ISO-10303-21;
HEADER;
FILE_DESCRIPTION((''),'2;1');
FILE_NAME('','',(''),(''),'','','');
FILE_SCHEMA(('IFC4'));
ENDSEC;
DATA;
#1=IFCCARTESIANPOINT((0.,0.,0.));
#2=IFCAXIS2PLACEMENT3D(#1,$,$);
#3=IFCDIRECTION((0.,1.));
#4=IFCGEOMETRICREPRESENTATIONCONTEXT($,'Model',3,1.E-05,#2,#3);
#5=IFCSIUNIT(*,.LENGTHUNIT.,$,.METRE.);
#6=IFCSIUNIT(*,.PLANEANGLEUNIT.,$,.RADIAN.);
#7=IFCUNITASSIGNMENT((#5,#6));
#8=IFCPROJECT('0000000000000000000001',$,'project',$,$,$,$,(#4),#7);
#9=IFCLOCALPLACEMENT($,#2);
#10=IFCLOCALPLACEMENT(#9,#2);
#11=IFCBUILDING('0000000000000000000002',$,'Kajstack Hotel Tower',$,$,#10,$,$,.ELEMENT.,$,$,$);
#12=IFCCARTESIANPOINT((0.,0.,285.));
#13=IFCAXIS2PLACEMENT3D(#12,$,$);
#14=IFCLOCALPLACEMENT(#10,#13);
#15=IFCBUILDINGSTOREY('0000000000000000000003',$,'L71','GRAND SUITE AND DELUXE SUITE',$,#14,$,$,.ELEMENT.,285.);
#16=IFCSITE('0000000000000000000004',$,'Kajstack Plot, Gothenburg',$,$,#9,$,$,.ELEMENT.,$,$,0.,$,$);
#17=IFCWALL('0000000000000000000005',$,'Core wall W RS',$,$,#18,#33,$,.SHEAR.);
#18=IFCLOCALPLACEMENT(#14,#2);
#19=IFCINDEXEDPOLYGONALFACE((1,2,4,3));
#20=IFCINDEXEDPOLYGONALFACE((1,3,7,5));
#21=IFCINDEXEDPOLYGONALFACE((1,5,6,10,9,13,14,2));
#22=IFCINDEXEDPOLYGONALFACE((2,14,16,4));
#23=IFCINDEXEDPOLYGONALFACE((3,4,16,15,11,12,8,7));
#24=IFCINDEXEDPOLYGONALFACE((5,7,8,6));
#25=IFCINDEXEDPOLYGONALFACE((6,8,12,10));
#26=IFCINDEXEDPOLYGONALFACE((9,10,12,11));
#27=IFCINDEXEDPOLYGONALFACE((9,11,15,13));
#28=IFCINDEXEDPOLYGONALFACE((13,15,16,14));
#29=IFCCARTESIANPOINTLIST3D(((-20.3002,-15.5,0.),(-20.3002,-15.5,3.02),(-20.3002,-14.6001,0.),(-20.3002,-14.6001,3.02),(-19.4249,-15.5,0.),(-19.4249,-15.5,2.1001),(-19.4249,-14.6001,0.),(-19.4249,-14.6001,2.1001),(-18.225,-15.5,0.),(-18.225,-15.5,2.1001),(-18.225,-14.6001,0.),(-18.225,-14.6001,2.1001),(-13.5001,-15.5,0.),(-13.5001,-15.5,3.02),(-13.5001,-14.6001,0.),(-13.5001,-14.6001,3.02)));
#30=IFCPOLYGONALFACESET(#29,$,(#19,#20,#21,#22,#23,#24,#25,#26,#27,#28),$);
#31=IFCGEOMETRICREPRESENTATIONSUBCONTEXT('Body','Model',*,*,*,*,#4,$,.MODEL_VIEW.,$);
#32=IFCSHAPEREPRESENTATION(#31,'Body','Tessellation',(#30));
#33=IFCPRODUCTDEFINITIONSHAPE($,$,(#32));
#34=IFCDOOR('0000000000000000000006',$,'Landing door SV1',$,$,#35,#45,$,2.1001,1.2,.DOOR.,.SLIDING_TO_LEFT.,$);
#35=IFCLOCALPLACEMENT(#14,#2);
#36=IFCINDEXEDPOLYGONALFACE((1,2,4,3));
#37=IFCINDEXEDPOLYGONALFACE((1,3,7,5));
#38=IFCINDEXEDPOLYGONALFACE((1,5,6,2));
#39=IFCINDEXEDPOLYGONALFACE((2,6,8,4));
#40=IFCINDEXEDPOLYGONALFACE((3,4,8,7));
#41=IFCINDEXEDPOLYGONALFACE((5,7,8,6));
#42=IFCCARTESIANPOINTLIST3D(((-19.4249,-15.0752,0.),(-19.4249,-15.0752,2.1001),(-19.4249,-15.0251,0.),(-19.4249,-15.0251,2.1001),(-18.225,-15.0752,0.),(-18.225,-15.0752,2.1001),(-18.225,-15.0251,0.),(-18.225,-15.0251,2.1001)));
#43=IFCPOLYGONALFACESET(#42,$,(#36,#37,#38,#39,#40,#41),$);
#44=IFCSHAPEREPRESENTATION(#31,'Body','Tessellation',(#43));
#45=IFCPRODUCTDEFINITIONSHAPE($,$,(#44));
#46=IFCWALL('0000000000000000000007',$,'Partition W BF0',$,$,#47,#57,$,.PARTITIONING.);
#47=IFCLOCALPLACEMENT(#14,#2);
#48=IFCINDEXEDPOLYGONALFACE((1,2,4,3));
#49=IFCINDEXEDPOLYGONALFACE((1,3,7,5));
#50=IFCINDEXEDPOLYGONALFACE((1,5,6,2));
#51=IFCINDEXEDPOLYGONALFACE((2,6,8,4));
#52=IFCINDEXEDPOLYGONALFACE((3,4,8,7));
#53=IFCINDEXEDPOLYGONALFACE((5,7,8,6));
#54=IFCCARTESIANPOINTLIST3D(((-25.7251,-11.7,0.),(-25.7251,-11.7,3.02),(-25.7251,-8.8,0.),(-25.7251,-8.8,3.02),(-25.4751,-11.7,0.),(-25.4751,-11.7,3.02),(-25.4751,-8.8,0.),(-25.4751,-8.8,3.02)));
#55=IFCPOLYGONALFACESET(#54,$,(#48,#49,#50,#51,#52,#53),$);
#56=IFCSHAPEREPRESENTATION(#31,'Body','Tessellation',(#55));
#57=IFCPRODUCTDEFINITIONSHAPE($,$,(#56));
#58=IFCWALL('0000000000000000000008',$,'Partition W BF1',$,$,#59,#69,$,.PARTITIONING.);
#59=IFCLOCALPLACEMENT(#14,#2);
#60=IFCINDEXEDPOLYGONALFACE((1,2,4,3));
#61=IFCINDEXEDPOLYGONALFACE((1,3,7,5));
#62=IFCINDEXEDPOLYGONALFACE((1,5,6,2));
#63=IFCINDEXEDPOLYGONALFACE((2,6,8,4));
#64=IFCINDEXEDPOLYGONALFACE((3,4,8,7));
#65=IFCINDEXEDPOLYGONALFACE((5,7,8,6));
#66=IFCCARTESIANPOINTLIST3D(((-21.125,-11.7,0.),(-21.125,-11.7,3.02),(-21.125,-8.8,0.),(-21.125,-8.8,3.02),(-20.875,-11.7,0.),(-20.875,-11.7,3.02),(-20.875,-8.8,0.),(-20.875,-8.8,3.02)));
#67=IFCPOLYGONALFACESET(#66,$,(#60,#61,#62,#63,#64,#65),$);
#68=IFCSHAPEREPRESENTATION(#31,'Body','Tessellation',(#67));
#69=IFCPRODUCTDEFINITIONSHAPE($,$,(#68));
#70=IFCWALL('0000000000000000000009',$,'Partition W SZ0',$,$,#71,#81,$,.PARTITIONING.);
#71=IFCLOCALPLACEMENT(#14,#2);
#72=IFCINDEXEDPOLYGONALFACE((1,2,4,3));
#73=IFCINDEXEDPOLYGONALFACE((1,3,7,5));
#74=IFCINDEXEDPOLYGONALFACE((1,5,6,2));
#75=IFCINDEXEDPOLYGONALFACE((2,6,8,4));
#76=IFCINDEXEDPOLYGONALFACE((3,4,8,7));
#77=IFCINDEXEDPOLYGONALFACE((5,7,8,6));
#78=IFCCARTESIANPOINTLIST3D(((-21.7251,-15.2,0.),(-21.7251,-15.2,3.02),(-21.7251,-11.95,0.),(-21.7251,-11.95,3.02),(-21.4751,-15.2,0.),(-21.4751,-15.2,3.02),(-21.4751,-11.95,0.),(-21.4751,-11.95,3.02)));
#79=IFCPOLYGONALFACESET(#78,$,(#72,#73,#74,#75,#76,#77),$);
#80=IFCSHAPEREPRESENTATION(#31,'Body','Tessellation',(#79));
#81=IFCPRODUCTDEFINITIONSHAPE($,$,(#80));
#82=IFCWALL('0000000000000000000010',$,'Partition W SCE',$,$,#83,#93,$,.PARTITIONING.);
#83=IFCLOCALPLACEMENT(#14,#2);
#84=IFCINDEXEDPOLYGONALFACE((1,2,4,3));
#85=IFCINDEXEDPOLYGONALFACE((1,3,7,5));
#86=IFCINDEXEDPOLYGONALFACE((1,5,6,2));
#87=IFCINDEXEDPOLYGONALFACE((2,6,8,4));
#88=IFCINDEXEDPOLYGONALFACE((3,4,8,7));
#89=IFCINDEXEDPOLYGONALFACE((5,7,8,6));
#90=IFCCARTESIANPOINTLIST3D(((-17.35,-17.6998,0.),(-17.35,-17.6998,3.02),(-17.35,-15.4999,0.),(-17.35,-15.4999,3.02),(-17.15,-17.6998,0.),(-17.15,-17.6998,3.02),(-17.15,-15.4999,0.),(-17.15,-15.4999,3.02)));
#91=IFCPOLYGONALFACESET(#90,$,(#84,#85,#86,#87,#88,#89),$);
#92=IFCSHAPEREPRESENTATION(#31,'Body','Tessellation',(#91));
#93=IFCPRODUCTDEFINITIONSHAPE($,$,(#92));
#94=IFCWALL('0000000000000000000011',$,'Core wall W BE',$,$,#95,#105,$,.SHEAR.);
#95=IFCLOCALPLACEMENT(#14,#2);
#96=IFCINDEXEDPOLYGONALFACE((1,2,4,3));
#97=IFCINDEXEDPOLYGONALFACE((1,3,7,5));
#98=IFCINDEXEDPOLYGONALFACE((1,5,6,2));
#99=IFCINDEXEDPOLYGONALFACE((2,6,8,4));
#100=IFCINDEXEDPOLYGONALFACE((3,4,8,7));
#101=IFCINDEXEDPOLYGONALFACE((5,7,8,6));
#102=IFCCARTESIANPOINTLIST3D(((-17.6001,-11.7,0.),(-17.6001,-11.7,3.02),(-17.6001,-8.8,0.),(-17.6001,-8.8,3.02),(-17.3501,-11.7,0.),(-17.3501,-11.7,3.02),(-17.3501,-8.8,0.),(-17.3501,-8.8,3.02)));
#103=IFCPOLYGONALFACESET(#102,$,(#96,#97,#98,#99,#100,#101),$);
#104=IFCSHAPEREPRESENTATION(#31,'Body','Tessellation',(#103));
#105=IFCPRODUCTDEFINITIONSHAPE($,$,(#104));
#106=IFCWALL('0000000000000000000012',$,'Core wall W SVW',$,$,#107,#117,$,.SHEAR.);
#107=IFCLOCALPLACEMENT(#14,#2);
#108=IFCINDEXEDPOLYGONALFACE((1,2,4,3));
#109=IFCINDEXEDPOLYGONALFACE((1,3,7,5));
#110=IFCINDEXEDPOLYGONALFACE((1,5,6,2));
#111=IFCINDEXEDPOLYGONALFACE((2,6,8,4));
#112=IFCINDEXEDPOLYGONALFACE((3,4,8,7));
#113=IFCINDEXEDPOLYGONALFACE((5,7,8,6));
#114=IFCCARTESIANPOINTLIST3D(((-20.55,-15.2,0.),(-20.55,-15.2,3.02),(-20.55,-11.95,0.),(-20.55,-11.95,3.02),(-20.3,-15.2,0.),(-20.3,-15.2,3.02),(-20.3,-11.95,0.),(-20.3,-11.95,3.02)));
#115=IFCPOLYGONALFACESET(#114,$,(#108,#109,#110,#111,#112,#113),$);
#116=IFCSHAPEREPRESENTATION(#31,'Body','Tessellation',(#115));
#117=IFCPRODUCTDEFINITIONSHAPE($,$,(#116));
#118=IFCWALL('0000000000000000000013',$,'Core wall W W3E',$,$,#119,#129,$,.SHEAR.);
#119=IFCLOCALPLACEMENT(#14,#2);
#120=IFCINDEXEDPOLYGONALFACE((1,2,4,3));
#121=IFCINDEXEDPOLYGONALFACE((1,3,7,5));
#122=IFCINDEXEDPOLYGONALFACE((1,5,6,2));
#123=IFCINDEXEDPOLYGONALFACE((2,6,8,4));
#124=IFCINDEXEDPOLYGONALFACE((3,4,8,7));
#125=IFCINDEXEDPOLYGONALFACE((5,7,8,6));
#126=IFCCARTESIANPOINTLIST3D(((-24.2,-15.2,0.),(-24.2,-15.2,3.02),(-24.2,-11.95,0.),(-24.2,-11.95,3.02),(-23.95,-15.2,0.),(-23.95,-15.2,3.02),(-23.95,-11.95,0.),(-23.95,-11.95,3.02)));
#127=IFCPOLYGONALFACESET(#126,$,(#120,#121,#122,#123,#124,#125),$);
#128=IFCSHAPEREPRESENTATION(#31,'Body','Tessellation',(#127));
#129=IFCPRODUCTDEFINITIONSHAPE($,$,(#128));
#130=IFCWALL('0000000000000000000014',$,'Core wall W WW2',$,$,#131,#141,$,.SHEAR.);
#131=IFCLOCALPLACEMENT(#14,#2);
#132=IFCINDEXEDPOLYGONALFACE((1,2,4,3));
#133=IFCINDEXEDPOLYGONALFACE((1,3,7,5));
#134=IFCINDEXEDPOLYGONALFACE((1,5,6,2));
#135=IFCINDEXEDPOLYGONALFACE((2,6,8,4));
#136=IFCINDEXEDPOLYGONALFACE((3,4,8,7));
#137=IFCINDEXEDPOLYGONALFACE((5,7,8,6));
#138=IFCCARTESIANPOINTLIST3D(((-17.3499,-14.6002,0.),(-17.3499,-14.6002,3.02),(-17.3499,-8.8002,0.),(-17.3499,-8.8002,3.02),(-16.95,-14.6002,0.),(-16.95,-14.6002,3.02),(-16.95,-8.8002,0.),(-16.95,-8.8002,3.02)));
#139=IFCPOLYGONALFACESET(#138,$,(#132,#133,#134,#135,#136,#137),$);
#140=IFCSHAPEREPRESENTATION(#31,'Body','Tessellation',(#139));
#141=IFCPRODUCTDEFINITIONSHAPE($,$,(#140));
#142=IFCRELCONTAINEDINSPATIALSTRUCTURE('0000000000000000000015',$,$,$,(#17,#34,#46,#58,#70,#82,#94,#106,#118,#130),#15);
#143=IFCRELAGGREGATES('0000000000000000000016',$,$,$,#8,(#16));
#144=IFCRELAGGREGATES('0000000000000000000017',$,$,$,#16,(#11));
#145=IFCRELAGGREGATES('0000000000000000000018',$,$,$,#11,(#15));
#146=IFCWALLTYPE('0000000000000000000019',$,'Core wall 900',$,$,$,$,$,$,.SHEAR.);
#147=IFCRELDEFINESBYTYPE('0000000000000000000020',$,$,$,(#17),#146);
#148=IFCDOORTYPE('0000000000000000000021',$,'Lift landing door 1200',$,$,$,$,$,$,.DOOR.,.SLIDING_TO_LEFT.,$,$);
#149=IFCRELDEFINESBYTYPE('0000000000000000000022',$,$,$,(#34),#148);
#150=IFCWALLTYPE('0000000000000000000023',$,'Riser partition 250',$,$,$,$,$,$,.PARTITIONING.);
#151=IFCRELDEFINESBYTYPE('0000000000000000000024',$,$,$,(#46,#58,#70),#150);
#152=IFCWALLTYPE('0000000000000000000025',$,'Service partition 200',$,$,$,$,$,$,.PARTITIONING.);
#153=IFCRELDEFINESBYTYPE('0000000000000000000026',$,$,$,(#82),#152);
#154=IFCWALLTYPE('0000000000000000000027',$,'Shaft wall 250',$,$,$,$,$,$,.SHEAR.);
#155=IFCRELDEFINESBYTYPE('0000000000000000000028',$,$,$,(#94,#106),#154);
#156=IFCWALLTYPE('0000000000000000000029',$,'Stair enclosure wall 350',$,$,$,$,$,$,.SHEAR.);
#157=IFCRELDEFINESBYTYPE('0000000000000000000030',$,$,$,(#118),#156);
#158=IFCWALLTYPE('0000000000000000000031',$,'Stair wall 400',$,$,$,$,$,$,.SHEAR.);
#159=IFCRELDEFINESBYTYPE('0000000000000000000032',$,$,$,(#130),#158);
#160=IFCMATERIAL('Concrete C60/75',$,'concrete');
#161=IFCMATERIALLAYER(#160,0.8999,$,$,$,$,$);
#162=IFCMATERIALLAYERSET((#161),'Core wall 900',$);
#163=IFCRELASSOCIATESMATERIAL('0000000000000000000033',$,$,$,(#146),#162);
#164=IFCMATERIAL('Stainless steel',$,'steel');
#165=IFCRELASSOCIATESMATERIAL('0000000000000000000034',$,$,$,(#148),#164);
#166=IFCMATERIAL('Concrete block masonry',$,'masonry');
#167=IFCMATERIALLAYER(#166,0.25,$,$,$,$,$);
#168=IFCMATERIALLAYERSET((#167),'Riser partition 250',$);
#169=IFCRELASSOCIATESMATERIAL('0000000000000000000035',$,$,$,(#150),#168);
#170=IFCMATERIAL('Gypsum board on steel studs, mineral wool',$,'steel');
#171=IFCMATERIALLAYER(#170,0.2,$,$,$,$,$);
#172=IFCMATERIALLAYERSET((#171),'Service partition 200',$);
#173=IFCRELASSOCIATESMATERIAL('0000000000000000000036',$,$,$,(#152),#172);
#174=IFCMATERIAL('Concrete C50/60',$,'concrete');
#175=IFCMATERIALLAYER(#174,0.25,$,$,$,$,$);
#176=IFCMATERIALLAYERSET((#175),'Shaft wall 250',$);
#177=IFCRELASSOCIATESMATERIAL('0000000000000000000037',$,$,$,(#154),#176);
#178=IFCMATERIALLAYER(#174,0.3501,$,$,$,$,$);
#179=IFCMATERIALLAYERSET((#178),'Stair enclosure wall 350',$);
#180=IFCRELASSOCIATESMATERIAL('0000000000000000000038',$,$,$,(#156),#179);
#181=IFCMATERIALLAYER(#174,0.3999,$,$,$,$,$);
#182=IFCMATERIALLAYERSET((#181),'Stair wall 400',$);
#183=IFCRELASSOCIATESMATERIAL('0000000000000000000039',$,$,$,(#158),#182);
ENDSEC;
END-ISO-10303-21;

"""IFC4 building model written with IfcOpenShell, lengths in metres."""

from ifc_helpers import new_model, si_unit, direction, frame, frame_2d, origin, place, context, subcontext, project, spatial, rectangle, extrude, material, layer, layer_set, type_object, element, fill, save


model = new_model("IFC4")

# Units and contexts
model_context = context("Model", 3, precision=1e-05, world=origin(), true_north=direction((0.0, 1.0)))
body_context = subcontext(model_context, "Body", "Model", "MODEL_VIEW")
ifc_project = project(units=[si_unit("LENGTHUNIT", "METRE"), si_unit("PLANEANGLEUNIT", "RADIAN")], contexts=[model_context])

# Site, building, storey
site_placement = place(None, origin())
site = spatial("IfcSite", under=ifc_project, at=site_placement, Name="Kajstack Plot, Gothenburg", CompositionType="ELEMENT", RefElevation=0.0)
building_placement = place(site_placement, origin())
building = spatial("IfcBuilding", under=site, at=building_placement, Name="Kajstack Hotel Tower", CompositionType="ELEMENT")
storey_placement = place(building_placement, frame((0.0, 0.0, 285.0)))
storey = spatial("IfcBuildingStorey", under=building, at=storey_placement, Name="L71", Description="GRAND SUITE AND DELUXE SUITE", CompositionType="ELEMENT", Elevation=285.0)

# Wall, opening, door
ifc_material_1 = material(Name="Concrete C60/75", Category="concrete")
ifc_layer_1 = layer(ifc_material_1, 0.8999)
ifc_layer_set_1 = layer_set([ifc_layer_1], Name="Core wall 900")
wall_type_1 = type_object("IfcWallType", Name="Core wall 900", PredefinedType="SHEAR", material=ifc_layer_set_1)
wall_1_placement = place(storey_placement, frame((-20.3, -15.05, 0.0), z_axis=(0.0, 0.0, 1.0), x_axis=(1.0, 0.0, 0.0)))
wall_1 = element("IfcWall", 1, at=wall_1_placement, inside=storey, type_object=wall_type_1, Name="Core wall W RS", PredefinedType="SHEAR", context=body_context, shape_type="SweptSolid", body=[
    extrude(rectangle(XDim=6.8, YDim=0.8999, at=frame_2d((3.3999, 0.0))), origin(), (0.0, 0.0, 1.0), 3.02),
])
opening_placement = place(wall_1_placement, frame((0.875, 0.0, 0.0)))
opening = element("IfcOpeningElement", 2, at=opening_placement, cuts=wall_1, PredefinedType="OPENING", context=body_context, shape_type="SweptSolid", body=[
    extrude(rectangle(XDim=1.2, YDim=2.1001, at=frame_2d((0.6001, 1.05))), frame((0.0, 0.46, 0.0), z_axis=(0.0, -1.0, 0.0), x_axis=(1.0, 0.0, 0.0)), (0.0, 0.0, 1.0), 0.9199),
])
ifc_material_2 = material(Name="Stainless steel", Category="steel")
door_type = type_object("IfcDoorType", Name="Lift landing door 1200", OperationType="SLIDING_TO_LEFT", PredefinedType="DOOR", material=ifc_material_2)
door_placement = place(opening_placement, origin())
door = element("IfcDoor", 3, at=door_placement, inside=storey, type_object=door_type, Name="Landing door SV1", OperationType="SLIDING_TO_LEFT", OverallHeight=2.1001, OverallWidth=1.2, PredefinedType="DOOR", context=body_context, shape_type="SweptSolid", body=[
    extrude(rectangle(XDim=1.2, YDim=2.1001, at=frame_2d((0.6001, 1.05))), frame((0.0, 0.0249, 0.0), z_axis=(0.0, -1.0, 0.0), x_axis=(1.0, 0.0, 0.0)), (0.0, 0.0, 1.0), 0.05),
])
fill(opening, door)

# Walls
ifc_material_3 = material(Name="Concrete block masonry", Category="masonry")
ifc_layer_2 = layer(ifc_material_3, 0.25)
ifc_layer_set_2 = layer_set([ifc_layer_2], Name="Riser partition 250")
wall_type_2 = type_object("IfcWallType", Name="Riser partition 250", PredefinedType="PARTITIONING", material=ifc_layer_set_2)
for number, where, z_axis, x_axis, name in (
    (4, (-25.6001, -11.7, 0.0), (0.0, 0.0, 1.0), (0.0, 1.0, 0.0), "Partition W BF0"),
    (5, (-21.0, -11.7, 0.0), (0.0, 0.0, 1.0), (0.0, 1.0, 0.0), "Partition W BF1"),
):
    element("IfcWall", number, at=place(storey_placement, frame(where, z_axis=z_axis, x_axis=x_axis)), inside=storey, type_object=wall_type_2, Name=name, PredefinedType="PARTITIONING", context=body_context, shape_type="SweptSolid", body=[
        extrude(rectangle(XDim=2.8999, YDim=0.25, at=frame_2d((1.45, 0.0))), origin(), (0.0, 0.0, 1.0), 3.02),
    ])
wall_2_placement = place(storey_placement, frame((-21.6001, -15.2, 0.0), z_axis=(0.0, 0.0, 1.0), x_axis=(0.0, 1.0, 0.0)))
element("IfcWall", 6, at=wall_2_placement, inside=storey, type_object=wall_type_2, Name="Partition W SZ0", PredefinedType="PARTITIONING", context=body_context, shape_type="SweptSolid", body=[
    extrude(rectangle(XDim=3.25, YDim=0.25, at=frame_2d((1.625, 0.0))), origin(), (0.0, 0.0, 1.0), 3.02),
])
ifc_material_4 = material(Name="Gypsum board on steel studs, mineral wool", Category="steel")
ifc_layer_3 = layer(ifc_material_4, 0.2)
ifc_layer_set_3 = layer_set([ifc_layer_3], Name="Service partition 200")
wall_type_3 = type_object("IfcWallType", Name="Service partition 200", PredefinedType="PARTITIONING", material=ifc_layer_set_3)
wall_3_placement = place(storey_placement, frame((-17.25, -17.7, 0.0), z_axis=(0.0, 0.0, 1.0), x_axis=(0.0, 1.0, 0.0)))
element("IfcWall", 7, at=wall_3_placement, inside=storey, type_object=wall_type_3, Name="Partition W SCE", PredefinedType="PARTITIONING", context=body_context, shape_type="SweptSolid", body=[
    extrude(rectangle(XDim=2.2, YDim=0.2, at=frame_2d((1.1001, 0.0))), origin(), (0.0, 0.0, 1.0), 3.02),
])
ifc_material_5 = material(Name="Concrete C50/60", Category="concrete")
ifc_layer_4 = layer(ifc_material_5, 0.25)
ifc_layer_set_4 = layer_set([ifc_layer_4], Name="Shaft wall 250")
wall_type_4 = type_object("IfcWallType", Name="Shaft wall 250", PredefinedType="SHEAR", material=ifc_layer_set_4)
wall_4_placement = place(storey_placement, frame((-17.4751, -11.7, 0.0), z_axis=(0.0, 0.0, 1.0), x_axis=(0.0, 1.0, 0.0)))
element("IfcWall", 8, at=wall_4_placement, inside=storey, type_object=wall_type_4, Name="Core wall W BE", PredefinedType="SHEAR", context=body_context, shape_type="SweptSolid", body=[
    extrude(rectangle(XDim=2.8999, YDim=0.25, at=frame_2d((1.45, 0.0))), origin(), (0.0, 0.0, 1.0), 3.02),
])
wall_5_placement = place(storey_placement, frame((-20.425, -15.2, 0.0), z_axis=(0.0, 0.0, 1.0), x_axis=(0.0, 1.0, 0.0)))
element("IfcWall", 9, at=wall_5_placement, inside=storey, type_object=wall_type_4, Name="Core wall W SVW", PredefinedType="SHEAR", context=body_context, shape_type="SweptSolid", body=[
    extrude(rectangle(XDim=3.25, YDim=0.25, at=frame_2d((1.625, 0.0))), origin(), (0.0, 0.0, 1.0), 3.02),
])
ifc_layer_5 = layer(ifc_material_5, 0.3501)
ifc_layer_set_5 = layer_set([ifc_layer_5], Name="Stair enclosure wall 350")
wall_type_5 = type_object("IfcWallType", Name="Stair enclosure wall 350", PredefinedType="SHEAR", material=ifc_layer_set_5)
wall_6_placement = place(storey_placement, frame((-24.075, -15.2, 0.0), z_axis=(0.0, 0.0, 1.0), x_axis=(0.0, 1.0, 0.0)))
element("IfcWall", 10, at=wall_6_placement, inside=storey, type_object=wall_type_5, Name="Core wall W W3E", PredefinedType="SHEAR", context=body_context, shape_type="SweptSolid", body=[
    extrude(rectangle(XDim=3.25, YDim=0.25, at=frame_2d((1.625, 0.0))), origin(), (0.0, 0.0, 1.0), 3.02),
])
ifc_layer_6 = layer(ifc_material_5, 0.3999)
ifc_layer_set_6 = layer_set([ifc_layer_6], Name="Stair wall 400")
wall_type_6 = type_object("IfcWallType", Name="Stair wall 400", PredefinedType="SHEAR", material=ifc_layer_set_6)
wall_7_placement = place(storey_placement, frame((-17.1499, -14.6001, 0.0), z_axis=(0.0, 0.0, 1.0), x_axis=(0.0, 1.0, 0.0)))
element("IfcWall", 11, at=wall_7_placement, inside=storey, type_object=wall_type_6, Name="Core wall W WW2", PredefinedType="SHEAR", context=body_context, shape_type="SweptSolid", body=[
    extrude(rectangle(XDim=5.8, YDim=0.3999, at=frame_2d((2.8999, 0.0))), origin(), (0.0, 0.0, 1.0), 3.02),
])

save(model, "model.ifc")
